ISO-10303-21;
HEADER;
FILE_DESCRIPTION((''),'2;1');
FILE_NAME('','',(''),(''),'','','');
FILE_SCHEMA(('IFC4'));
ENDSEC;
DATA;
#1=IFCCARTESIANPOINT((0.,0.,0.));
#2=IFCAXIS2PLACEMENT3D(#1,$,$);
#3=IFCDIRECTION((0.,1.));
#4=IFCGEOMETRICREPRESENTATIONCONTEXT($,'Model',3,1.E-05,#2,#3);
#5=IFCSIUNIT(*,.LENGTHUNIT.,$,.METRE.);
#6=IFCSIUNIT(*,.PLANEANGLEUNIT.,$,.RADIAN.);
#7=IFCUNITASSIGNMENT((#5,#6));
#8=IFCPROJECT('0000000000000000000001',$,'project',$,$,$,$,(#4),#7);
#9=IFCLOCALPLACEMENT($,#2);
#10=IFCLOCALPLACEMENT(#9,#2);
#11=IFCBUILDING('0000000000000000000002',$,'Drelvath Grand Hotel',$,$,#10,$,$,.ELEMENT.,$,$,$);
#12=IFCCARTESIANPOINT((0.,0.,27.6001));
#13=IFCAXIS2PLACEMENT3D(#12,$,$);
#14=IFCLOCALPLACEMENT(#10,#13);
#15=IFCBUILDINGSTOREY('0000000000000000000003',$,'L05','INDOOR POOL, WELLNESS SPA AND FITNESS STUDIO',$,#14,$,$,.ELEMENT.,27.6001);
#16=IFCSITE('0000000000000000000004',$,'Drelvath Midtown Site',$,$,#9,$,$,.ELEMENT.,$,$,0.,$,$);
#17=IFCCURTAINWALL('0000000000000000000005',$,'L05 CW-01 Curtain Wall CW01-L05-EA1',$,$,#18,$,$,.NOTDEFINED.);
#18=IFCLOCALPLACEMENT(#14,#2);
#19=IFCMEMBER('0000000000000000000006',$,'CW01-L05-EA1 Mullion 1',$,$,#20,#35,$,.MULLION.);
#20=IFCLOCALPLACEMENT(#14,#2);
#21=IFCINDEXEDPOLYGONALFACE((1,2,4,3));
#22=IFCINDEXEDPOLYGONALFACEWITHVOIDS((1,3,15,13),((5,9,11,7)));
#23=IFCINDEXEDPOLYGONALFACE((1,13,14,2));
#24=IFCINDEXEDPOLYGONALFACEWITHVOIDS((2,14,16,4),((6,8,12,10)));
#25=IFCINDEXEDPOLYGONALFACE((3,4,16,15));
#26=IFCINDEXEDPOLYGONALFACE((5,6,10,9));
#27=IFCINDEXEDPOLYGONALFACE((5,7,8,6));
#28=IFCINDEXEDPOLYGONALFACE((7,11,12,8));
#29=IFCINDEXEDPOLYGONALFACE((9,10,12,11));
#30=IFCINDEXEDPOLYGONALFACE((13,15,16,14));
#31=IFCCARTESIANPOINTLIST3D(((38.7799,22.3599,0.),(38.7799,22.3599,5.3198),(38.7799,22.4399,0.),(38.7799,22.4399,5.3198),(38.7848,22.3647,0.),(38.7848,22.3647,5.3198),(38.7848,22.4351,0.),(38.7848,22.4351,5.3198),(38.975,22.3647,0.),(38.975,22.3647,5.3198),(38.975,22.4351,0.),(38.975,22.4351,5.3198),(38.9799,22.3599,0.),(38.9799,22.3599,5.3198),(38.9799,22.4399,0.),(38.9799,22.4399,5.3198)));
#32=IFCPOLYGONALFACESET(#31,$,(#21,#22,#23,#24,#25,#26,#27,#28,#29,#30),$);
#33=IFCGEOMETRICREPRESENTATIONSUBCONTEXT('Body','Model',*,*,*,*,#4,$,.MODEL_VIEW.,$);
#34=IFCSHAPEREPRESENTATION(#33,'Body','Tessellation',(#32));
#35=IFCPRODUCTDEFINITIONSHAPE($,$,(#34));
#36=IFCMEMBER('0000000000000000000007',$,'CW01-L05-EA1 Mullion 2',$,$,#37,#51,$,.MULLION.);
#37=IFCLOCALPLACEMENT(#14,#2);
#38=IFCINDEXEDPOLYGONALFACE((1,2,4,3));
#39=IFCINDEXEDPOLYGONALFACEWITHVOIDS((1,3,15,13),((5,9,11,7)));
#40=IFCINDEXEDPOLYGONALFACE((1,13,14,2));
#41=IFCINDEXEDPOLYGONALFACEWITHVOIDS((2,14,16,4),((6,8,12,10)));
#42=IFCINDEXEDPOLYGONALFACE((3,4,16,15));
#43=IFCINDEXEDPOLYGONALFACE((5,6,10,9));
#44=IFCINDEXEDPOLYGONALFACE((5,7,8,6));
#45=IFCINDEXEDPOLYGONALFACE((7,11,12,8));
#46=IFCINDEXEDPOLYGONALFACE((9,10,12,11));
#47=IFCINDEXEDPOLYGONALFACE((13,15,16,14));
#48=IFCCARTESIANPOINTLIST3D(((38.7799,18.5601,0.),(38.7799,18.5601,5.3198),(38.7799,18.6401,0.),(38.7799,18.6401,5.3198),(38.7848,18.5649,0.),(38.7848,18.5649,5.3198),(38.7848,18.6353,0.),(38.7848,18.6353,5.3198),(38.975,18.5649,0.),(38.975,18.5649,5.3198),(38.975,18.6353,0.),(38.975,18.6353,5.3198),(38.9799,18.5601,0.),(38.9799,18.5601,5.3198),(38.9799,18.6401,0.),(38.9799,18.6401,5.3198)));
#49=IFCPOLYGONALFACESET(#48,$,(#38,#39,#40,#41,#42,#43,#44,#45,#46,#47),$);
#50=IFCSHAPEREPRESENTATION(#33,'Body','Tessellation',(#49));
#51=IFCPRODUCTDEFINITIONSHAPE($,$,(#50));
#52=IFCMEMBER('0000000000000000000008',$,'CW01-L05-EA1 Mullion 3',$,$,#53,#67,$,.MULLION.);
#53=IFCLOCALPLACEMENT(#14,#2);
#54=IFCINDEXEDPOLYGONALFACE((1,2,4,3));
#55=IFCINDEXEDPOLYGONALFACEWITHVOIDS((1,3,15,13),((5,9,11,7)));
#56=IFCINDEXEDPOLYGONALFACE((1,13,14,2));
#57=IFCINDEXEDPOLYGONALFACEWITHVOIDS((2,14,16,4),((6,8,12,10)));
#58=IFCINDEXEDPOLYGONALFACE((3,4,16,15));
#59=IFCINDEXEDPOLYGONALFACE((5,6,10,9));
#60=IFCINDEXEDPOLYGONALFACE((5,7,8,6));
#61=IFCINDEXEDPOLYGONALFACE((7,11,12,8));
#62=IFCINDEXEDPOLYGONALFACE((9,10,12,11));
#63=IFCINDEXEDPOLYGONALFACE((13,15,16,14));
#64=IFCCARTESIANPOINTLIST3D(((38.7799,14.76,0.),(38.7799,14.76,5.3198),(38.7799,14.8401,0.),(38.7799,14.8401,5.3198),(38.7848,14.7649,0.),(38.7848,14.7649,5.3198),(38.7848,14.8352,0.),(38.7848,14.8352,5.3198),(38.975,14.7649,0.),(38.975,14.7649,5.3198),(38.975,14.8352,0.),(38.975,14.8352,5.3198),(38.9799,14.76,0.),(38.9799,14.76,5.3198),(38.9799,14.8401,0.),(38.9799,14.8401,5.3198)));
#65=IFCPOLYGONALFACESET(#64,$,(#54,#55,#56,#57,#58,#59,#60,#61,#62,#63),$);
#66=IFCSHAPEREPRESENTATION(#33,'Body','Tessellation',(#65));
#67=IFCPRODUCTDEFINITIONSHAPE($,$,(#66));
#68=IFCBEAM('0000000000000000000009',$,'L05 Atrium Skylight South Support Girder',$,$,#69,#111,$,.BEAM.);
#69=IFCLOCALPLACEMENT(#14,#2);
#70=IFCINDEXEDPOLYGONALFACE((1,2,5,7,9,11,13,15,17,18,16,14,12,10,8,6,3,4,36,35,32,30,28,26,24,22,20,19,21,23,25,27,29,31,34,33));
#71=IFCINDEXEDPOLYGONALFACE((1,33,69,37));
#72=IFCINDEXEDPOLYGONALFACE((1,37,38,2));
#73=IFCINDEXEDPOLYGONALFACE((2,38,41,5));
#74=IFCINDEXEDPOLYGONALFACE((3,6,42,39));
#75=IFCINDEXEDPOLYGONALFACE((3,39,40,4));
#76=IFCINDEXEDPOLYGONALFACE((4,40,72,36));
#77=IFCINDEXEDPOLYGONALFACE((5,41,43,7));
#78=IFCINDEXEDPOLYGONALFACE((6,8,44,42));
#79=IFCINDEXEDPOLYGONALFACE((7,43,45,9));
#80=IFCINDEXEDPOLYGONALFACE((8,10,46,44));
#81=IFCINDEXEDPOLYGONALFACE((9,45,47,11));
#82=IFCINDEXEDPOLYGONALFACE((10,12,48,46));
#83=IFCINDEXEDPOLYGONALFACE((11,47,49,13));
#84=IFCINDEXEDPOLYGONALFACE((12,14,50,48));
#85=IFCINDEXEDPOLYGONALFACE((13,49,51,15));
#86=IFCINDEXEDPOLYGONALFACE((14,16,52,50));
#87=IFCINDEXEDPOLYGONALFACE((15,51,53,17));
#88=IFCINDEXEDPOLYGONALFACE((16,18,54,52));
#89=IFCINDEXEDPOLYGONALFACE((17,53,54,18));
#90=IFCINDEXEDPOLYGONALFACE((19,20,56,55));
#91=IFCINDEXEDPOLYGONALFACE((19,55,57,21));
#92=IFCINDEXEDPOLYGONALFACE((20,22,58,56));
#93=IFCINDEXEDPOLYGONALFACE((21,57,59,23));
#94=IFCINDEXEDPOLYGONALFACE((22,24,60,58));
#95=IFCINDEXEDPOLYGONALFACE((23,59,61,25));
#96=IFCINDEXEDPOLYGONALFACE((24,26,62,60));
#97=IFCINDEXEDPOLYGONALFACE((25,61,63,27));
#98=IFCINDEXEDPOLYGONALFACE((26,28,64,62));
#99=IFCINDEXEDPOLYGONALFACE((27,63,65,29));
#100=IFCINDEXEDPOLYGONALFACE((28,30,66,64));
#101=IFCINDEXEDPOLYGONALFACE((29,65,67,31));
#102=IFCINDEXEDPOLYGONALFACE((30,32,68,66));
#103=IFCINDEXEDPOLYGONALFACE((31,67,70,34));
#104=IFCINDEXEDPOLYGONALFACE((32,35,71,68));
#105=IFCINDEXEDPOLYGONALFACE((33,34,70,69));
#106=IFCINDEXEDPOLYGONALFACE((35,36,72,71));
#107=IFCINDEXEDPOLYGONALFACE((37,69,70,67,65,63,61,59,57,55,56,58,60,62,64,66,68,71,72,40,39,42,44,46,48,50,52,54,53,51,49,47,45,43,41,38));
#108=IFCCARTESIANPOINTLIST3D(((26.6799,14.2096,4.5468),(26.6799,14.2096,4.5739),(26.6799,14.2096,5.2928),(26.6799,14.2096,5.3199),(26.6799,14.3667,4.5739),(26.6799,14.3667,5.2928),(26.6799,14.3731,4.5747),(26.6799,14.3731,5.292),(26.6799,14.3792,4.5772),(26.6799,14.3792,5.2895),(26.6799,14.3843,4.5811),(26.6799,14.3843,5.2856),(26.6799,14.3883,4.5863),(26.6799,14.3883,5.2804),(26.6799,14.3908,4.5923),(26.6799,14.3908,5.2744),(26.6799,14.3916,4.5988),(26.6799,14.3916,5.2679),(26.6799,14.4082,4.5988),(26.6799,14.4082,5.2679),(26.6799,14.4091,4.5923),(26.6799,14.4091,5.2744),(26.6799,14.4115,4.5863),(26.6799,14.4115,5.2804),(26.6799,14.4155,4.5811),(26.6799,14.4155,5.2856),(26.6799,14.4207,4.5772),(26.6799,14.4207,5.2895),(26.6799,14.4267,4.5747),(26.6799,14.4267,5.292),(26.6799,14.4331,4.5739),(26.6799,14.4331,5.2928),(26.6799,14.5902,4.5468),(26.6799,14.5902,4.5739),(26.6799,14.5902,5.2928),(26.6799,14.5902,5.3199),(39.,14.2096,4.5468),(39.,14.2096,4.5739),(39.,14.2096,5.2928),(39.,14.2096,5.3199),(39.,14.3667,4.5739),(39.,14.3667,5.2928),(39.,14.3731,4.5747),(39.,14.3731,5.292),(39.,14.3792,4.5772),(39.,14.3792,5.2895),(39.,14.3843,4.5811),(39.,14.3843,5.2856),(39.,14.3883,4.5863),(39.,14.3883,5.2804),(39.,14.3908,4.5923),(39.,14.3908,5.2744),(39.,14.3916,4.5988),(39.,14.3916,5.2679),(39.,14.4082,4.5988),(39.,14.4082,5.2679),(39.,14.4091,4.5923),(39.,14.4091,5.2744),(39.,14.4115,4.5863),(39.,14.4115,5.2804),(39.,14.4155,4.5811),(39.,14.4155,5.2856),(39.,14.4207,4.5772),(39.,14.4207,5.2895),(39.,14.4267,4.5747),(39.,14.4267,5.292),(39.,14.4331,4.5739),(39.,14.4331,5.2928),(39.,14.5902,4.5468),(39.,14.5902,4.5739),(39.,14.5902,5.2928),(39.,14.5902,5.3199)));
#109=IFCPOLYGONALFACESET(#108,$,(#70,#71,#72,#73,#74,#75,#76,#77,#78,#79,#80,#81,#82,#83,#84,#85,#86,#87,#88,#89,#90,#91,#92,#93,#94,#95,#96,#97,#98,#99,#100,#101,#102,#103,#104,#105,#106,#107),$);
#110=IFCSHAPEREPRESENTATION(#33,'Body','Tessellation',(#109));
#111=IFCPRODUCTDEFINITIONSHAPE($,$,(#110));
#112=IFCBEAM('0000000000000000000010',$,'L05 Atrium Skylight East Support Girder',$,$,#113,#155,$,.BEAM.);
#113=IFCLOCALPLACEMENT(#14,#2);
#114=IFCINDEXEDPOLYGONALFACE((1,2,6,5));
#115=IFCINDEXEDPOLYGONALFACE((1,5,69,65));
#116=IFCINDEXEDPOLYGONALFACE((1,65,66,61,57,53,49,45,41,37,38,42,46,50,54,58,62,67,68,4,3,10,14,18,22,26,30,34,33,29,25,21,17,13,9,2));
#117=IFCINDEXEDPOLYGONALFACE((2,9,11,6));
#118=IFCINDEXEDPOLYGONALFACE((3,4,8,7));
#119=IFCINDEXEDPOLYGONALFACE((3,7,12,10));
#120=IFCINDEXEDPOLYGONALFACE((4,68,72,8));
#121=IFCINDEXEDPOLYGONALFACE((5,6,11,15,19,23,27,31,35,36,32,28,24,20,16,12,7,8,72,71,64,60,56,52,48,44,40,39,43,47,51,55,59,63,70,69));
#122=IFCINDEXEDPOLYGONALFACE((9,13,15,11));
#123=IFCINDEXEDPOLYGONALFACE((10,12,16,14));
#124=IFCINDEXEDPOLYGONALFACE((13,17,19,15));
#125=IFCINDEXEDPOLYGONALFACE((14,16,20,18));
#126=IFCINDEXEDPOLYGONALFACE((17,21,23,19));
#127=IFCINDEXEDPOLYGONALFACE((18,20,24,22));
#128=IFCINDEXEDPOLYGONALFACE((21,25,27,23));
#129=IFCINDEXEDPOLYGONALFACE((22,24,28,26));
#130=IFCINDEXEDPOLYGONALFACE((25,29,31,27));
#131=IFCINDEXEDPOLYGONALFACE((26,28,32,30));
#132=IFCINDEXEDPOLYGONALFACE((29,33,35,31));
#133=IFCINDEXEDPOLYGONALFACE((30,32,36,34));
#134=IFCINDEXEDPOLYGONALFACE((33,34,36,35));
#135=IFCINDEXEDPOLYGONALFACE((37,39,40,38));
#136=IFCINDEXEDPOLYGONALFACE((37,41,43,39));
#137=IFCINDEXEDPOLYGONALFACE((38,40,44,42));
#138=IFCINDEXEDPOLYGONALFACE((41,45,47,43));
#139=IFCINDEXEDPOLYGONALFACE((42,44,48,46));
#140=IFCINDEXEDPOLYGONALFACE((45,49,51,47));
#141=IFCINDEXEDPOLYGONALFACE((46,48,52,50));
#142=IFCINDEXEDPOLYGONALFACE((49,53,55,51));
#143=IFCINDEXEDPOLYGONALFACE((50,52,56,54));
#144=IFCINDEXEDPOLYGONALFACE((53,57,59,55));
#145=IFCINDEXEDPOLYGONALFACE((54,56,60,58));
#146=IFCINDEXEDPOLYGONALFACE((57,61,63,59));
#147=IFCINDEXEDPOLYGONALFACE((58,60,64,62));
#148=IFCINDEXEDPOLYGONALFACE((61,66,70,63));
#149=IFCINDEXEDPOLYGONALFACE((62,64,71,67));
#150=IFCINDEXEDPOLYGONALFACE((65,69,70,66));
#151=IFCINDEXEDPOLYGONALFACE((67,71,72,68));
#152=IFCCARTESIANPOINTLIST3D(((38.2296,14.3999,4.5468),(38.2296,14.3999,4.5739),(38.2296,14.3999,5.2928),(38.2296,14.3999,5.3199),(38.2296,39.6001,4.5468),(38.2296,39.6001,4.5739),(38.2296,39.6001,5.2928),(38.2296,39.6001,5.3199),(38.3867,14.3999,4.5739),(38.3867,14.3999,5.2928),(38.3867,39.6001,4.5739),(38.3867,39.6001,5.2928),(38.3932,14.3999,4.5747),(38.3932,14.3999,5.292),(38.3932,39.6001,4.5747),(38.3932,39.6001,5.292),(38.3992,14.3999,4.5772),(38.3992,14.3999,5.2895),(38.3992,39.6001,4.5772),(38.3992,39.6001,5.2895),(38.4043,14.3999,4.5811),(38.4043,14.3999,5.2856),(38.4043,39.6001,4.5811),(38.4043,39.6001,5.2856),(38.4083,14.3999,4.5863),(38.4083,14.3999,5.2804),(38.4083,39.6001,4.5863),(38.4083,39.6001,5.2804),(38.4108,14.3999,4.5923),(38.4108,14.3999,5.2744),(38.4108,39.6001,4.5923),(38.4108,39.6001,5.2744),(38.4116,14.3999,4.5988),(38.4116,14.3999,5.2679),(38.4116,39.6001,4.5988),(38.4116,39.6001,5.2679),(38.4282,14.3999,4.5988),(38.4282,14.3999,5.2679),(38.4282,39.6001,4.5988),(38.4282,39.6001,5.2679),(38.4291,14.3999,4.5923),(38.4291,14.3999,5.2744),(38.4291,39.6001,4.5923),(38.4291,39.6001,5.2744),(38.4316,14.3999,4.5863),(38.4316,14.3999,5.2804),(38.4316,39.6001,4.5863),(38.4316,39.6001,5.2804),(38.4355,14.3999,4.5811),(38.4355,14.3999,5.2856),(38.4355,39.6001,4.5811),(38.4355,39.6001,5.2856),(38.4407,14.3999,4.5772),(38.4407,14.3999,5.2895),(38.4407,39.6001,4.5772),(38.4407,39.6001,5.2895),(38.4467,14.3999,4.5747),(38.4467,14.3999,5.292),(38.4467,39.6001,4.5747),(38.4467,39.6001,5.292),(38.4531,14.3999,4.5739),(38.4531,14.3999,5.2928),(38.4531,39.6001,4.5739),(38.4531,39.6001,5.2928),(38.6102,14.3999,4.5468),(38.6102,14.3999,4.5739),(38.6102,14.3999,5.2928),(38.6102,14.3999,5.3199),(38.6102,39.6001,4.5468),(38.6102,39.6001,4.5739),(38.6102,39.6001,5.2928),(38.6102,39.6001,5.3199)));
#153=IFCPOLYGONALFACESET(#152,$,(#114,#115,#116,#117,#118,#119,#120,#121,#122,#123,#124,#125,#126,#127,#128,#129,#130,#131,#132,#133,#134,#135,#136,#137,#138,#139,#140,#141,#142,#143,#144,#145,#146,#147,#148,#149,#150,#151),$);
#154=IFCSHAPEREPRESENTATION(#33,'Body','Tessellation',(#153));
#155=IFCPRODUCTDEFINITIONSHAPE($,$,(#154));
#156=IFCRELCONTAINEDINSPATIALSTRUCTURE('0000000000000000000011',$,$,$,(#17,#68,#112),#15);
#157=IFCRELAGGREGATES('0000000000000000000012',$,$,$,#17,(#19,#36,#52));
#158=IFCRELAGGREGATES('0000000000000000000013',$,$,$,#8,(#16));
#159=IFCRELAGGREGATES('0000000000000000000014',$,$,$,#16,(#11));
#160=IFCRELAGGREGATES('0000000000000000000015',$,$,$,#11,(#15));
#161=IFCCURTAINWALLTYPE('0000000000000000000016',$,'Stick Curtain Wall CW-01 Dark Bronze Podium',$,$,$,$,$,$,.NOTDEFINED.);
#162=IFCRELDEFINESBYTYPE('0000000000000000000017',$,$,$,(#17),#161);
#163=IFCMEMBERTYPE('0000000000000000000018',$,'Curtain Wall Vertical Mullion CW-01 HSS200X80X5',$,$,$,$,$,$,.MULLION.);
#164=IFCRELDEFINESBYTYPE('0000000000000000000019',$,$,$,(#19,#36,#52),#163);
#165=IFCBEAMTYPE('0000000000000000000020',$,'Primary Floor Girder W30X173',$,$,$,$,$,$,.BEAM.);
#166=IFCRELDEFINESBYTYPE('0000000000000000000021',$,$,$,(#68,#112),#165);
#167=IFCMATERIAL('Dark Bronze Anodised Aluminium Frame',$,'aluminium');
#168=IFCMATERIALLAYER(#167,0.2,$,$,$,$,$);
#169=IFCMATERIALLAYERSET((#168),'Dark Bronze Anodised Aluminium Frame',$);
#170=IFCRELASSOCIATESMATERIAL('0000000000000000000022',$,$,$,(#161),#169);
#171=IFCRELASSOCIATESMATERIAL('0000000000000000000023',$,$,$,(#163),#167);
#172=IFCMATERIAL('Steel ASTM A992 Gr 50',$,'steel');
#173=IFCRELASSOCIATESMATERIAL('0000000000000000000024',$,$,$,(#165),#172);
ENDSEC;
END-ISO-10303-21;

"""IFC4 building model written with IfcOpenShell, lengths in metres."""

from ifc_helpers import new_model, si_unit, direction, frame, origin, origin_2d, place, context, subcontext, project, spatial, hollow_rectangle, i_section, extrude, material, layer, layer_set, material_profile, profile_set, type_object, element, aggregate, save


model = new_model("IFC4")

# Units and contexts
model_context = context("Model", 3, precision=1e-05, world=origin(), true_north=direction((0.0, 1.0)))
body_context = subcontext(model_context, "Body", "Model", "MODEL_VIEW")
ifc_project = project(units=[si_unit("LENGTHUNIT", "METRE"), si_unit("PLANEANGLEUNIT", "RADIAN")], contexts=[model_context])

# Site, building, storey
site_placement = place(None, origin())
site = spatial("IfcSite", under=ifc_project, at=site_placement, Name="Drelvath Midtown Site", CompositionType="ELEMENT", RefElevation=0.0)
building_placement = place(site_placement, origin())
building = spatial("IfcBuilding", under=site, at=building_placement, Name="Drelvath Grand Hotel", CompositionType="ELEMENT")
storey_placement = place(building_placement, frame((0.0, 0.0, 27.6001)))
storey = spatial("IfcBuildingStorey", under=building, at=storey_placement, Name="L05", Description="INDOOR POOL, WELLNESS SPA AND FITNESS STUDIO", CompositionType="ELEMENT", Elevation=27.6001)

# Curtain wall, members
ifc_material_1 = material(Name="Dark Bronze Anodised Aluminium Frame", Category="aluminium")
ifc_layer_1 = layer(ifc_material_1, 0.2)
ifc_layer_set_1 = layer_set([ifc_layer_1], Name="Dark Bronze Anodised Aluminium Frame")
curtain_wall_type = type_object("IfcCurtainWallType", Name="Stick Curtain Wall CW-01 Dark Bronze Podium", PredefinedType="NOTDEFINED", material=ifc_layer_set_1)
curtain_wall_placement = place(storey_placement, origin())
curtain_wall = element("IfcCurtainWall", 1, at=curtain_wall_placement, inside=storey, type_object=curtain_wall_type, Name="L05 CW-01 Curtain Wall CW01-L05-EA1", PredefinedType="NOTDEFINED")
ifc_material_profile_1 = material_profile(ifc_material_1, hollow_rectangle(XDim=0.0801, YDim=0.2, WallThickness=0.0049, at=origin_2d()), Name="HSS200X80X5")
ifc_profile_set_1 = profile_set([ifc_material_profile_1], Name="Dark Bronze Anodised Aluminium Frame")
member_type_1 = type_object("IfcMemberType", Name="Curtain Wall Vertical Mullion CW-01 HSS200X80X5", PredefinedType="MULLION", material=ifc_profile_set_1)
member_1_placement = place(storey_placement, frame((38.8799, 22.3999, 0.0), z_axis=(0.0, 0.0, 1.0), x_axis=(0.0, 1.0, 0.0)))
member_1 = element("IfcMember", 2, at=member_1_placement, type_object=member_type_1, Name="CW01-L05-EA1 Mullion 1", PredefinedType="MULLION", context=body_context, shape_type="SweptSolid", body=[
    extrude(hollow_rectangle(XDim=0.0801, YDim=0.2, WallThickness=0.0049, at=origin_2d()), origin(), (0.0, 0.0, 1.0), 5.3198),
])
member_2_placement = place(storey_placement, frame((38.8799, 18.6001, 0.0), z_axis=(0.0, 0.0, 1.0), x_axis=(0.0, 1.0, 0.0)))
member_2 = element("IfcMember", 3, at=member_2_placement, type_object=member_type_1, Name="CW01-L05-EA1 Mullion 2", PredefinedType="MULLION", context=body_context, shape_type="SweptSolid", body=[
    extrude(hollow_rectangle(XDim=0.0801, YDim=0.2, WallThickness=0.0049, at=origin_2d()), origin(), (0.0, 0.0, 1.0), 5.3198),
])
member_3_placement = place(storey_placement, frame((38.8799, 14.8, 0.0), z_axis=(0.0, 0.0, 1.0), x_axis=(0.0, 1.0, 0.0)))
member_3 = element("IfcMember", 4, at=member_3_placement, type_object=member_type_1, Name="CW01-L05-EA1 Mullion 3", PredefinedType="MULLION", context=body_context, shape_type="SweptSolid", body=[
    extrude(hollow_rectangle(XDim=0.0801, YDim=0.2, WallThickness=0.0049, at=origin_2d()), origin(), (0.0, 0.0, 1.0), 5.3198),
])

# Beams
ifc_material_2 = material(Name="Steel ASTM A992 Gr 50", Category="steel")
ifc_material_profile_2 = material_profile(ifc_material_2, i_section(OverallWidth=0.3806, OverallDepth=0.7732, WebThickness=0.0166, FlangeThickness=0.0271, FilletRadius=0.0249, at=origin_2d()), Name="W30X173")
ifc_profile_set_2 = profile_set([ifc_material_profile_2], Name="Steel ASTM A992 Gr 50")
beam_type_1 = type_object("IfcBeamType", Name="Primary Floor Girder W30X173", PredefinedType="BEAM", material=ifc_profile_set_2)
beam_1_placement = place(storey_placement, frame((26.6799, 14.3999, 4.9333), z_axis=(1.0, 0.0, 0.0), x_axis=(0.0, 1.0, 0.0)))
element("IfcBeam", 5, at=beam_1_placement, inside=storey, type_object=beam_type_1, Name="L05 Atrium Skylight South Support Girder", PredefinedType="BEAM", context=body_context, shape_type="SweptSolid", body=[
    extrude(i_section(OverallWidth=0.3806, OverallDepth=0.7732, WebThickness=0.0166, FlangeThickness=0.0271, FilletRadius=0.0249, at=origin_2d()), origin(), (0.0, 0.0, 1.0), 12.3201),
])
beam_2_placement = place(storey_placement, frame((38.4199, 14.3999, 4.9333), z_axis=(0.0, 1.0, 0.0), x_axis=(-1.0, 0.0, 0.0)))
element("IfcBeam", 6, at=beam_2_placement, inside=storey, type_object=beam_type_1, Name="L05 Atrium Skylight East Support Girder", PredefinedType="BEAM", context=body_context, shape_type="SweptSolid", body=[
    extrude(i_section(OverallWidth=0.3806, OverallDepth=0.7732, WebThickness=0.0166, FlangeThickness=0.0271, FilletRadius=0.0249, at=origin_2d()), origin(), (0.0, 0.0, 1.0), 25.2002),
])

aggregate(curtain_wall, [member_1, member_2, member_3])

save(model, "model.ifc")
